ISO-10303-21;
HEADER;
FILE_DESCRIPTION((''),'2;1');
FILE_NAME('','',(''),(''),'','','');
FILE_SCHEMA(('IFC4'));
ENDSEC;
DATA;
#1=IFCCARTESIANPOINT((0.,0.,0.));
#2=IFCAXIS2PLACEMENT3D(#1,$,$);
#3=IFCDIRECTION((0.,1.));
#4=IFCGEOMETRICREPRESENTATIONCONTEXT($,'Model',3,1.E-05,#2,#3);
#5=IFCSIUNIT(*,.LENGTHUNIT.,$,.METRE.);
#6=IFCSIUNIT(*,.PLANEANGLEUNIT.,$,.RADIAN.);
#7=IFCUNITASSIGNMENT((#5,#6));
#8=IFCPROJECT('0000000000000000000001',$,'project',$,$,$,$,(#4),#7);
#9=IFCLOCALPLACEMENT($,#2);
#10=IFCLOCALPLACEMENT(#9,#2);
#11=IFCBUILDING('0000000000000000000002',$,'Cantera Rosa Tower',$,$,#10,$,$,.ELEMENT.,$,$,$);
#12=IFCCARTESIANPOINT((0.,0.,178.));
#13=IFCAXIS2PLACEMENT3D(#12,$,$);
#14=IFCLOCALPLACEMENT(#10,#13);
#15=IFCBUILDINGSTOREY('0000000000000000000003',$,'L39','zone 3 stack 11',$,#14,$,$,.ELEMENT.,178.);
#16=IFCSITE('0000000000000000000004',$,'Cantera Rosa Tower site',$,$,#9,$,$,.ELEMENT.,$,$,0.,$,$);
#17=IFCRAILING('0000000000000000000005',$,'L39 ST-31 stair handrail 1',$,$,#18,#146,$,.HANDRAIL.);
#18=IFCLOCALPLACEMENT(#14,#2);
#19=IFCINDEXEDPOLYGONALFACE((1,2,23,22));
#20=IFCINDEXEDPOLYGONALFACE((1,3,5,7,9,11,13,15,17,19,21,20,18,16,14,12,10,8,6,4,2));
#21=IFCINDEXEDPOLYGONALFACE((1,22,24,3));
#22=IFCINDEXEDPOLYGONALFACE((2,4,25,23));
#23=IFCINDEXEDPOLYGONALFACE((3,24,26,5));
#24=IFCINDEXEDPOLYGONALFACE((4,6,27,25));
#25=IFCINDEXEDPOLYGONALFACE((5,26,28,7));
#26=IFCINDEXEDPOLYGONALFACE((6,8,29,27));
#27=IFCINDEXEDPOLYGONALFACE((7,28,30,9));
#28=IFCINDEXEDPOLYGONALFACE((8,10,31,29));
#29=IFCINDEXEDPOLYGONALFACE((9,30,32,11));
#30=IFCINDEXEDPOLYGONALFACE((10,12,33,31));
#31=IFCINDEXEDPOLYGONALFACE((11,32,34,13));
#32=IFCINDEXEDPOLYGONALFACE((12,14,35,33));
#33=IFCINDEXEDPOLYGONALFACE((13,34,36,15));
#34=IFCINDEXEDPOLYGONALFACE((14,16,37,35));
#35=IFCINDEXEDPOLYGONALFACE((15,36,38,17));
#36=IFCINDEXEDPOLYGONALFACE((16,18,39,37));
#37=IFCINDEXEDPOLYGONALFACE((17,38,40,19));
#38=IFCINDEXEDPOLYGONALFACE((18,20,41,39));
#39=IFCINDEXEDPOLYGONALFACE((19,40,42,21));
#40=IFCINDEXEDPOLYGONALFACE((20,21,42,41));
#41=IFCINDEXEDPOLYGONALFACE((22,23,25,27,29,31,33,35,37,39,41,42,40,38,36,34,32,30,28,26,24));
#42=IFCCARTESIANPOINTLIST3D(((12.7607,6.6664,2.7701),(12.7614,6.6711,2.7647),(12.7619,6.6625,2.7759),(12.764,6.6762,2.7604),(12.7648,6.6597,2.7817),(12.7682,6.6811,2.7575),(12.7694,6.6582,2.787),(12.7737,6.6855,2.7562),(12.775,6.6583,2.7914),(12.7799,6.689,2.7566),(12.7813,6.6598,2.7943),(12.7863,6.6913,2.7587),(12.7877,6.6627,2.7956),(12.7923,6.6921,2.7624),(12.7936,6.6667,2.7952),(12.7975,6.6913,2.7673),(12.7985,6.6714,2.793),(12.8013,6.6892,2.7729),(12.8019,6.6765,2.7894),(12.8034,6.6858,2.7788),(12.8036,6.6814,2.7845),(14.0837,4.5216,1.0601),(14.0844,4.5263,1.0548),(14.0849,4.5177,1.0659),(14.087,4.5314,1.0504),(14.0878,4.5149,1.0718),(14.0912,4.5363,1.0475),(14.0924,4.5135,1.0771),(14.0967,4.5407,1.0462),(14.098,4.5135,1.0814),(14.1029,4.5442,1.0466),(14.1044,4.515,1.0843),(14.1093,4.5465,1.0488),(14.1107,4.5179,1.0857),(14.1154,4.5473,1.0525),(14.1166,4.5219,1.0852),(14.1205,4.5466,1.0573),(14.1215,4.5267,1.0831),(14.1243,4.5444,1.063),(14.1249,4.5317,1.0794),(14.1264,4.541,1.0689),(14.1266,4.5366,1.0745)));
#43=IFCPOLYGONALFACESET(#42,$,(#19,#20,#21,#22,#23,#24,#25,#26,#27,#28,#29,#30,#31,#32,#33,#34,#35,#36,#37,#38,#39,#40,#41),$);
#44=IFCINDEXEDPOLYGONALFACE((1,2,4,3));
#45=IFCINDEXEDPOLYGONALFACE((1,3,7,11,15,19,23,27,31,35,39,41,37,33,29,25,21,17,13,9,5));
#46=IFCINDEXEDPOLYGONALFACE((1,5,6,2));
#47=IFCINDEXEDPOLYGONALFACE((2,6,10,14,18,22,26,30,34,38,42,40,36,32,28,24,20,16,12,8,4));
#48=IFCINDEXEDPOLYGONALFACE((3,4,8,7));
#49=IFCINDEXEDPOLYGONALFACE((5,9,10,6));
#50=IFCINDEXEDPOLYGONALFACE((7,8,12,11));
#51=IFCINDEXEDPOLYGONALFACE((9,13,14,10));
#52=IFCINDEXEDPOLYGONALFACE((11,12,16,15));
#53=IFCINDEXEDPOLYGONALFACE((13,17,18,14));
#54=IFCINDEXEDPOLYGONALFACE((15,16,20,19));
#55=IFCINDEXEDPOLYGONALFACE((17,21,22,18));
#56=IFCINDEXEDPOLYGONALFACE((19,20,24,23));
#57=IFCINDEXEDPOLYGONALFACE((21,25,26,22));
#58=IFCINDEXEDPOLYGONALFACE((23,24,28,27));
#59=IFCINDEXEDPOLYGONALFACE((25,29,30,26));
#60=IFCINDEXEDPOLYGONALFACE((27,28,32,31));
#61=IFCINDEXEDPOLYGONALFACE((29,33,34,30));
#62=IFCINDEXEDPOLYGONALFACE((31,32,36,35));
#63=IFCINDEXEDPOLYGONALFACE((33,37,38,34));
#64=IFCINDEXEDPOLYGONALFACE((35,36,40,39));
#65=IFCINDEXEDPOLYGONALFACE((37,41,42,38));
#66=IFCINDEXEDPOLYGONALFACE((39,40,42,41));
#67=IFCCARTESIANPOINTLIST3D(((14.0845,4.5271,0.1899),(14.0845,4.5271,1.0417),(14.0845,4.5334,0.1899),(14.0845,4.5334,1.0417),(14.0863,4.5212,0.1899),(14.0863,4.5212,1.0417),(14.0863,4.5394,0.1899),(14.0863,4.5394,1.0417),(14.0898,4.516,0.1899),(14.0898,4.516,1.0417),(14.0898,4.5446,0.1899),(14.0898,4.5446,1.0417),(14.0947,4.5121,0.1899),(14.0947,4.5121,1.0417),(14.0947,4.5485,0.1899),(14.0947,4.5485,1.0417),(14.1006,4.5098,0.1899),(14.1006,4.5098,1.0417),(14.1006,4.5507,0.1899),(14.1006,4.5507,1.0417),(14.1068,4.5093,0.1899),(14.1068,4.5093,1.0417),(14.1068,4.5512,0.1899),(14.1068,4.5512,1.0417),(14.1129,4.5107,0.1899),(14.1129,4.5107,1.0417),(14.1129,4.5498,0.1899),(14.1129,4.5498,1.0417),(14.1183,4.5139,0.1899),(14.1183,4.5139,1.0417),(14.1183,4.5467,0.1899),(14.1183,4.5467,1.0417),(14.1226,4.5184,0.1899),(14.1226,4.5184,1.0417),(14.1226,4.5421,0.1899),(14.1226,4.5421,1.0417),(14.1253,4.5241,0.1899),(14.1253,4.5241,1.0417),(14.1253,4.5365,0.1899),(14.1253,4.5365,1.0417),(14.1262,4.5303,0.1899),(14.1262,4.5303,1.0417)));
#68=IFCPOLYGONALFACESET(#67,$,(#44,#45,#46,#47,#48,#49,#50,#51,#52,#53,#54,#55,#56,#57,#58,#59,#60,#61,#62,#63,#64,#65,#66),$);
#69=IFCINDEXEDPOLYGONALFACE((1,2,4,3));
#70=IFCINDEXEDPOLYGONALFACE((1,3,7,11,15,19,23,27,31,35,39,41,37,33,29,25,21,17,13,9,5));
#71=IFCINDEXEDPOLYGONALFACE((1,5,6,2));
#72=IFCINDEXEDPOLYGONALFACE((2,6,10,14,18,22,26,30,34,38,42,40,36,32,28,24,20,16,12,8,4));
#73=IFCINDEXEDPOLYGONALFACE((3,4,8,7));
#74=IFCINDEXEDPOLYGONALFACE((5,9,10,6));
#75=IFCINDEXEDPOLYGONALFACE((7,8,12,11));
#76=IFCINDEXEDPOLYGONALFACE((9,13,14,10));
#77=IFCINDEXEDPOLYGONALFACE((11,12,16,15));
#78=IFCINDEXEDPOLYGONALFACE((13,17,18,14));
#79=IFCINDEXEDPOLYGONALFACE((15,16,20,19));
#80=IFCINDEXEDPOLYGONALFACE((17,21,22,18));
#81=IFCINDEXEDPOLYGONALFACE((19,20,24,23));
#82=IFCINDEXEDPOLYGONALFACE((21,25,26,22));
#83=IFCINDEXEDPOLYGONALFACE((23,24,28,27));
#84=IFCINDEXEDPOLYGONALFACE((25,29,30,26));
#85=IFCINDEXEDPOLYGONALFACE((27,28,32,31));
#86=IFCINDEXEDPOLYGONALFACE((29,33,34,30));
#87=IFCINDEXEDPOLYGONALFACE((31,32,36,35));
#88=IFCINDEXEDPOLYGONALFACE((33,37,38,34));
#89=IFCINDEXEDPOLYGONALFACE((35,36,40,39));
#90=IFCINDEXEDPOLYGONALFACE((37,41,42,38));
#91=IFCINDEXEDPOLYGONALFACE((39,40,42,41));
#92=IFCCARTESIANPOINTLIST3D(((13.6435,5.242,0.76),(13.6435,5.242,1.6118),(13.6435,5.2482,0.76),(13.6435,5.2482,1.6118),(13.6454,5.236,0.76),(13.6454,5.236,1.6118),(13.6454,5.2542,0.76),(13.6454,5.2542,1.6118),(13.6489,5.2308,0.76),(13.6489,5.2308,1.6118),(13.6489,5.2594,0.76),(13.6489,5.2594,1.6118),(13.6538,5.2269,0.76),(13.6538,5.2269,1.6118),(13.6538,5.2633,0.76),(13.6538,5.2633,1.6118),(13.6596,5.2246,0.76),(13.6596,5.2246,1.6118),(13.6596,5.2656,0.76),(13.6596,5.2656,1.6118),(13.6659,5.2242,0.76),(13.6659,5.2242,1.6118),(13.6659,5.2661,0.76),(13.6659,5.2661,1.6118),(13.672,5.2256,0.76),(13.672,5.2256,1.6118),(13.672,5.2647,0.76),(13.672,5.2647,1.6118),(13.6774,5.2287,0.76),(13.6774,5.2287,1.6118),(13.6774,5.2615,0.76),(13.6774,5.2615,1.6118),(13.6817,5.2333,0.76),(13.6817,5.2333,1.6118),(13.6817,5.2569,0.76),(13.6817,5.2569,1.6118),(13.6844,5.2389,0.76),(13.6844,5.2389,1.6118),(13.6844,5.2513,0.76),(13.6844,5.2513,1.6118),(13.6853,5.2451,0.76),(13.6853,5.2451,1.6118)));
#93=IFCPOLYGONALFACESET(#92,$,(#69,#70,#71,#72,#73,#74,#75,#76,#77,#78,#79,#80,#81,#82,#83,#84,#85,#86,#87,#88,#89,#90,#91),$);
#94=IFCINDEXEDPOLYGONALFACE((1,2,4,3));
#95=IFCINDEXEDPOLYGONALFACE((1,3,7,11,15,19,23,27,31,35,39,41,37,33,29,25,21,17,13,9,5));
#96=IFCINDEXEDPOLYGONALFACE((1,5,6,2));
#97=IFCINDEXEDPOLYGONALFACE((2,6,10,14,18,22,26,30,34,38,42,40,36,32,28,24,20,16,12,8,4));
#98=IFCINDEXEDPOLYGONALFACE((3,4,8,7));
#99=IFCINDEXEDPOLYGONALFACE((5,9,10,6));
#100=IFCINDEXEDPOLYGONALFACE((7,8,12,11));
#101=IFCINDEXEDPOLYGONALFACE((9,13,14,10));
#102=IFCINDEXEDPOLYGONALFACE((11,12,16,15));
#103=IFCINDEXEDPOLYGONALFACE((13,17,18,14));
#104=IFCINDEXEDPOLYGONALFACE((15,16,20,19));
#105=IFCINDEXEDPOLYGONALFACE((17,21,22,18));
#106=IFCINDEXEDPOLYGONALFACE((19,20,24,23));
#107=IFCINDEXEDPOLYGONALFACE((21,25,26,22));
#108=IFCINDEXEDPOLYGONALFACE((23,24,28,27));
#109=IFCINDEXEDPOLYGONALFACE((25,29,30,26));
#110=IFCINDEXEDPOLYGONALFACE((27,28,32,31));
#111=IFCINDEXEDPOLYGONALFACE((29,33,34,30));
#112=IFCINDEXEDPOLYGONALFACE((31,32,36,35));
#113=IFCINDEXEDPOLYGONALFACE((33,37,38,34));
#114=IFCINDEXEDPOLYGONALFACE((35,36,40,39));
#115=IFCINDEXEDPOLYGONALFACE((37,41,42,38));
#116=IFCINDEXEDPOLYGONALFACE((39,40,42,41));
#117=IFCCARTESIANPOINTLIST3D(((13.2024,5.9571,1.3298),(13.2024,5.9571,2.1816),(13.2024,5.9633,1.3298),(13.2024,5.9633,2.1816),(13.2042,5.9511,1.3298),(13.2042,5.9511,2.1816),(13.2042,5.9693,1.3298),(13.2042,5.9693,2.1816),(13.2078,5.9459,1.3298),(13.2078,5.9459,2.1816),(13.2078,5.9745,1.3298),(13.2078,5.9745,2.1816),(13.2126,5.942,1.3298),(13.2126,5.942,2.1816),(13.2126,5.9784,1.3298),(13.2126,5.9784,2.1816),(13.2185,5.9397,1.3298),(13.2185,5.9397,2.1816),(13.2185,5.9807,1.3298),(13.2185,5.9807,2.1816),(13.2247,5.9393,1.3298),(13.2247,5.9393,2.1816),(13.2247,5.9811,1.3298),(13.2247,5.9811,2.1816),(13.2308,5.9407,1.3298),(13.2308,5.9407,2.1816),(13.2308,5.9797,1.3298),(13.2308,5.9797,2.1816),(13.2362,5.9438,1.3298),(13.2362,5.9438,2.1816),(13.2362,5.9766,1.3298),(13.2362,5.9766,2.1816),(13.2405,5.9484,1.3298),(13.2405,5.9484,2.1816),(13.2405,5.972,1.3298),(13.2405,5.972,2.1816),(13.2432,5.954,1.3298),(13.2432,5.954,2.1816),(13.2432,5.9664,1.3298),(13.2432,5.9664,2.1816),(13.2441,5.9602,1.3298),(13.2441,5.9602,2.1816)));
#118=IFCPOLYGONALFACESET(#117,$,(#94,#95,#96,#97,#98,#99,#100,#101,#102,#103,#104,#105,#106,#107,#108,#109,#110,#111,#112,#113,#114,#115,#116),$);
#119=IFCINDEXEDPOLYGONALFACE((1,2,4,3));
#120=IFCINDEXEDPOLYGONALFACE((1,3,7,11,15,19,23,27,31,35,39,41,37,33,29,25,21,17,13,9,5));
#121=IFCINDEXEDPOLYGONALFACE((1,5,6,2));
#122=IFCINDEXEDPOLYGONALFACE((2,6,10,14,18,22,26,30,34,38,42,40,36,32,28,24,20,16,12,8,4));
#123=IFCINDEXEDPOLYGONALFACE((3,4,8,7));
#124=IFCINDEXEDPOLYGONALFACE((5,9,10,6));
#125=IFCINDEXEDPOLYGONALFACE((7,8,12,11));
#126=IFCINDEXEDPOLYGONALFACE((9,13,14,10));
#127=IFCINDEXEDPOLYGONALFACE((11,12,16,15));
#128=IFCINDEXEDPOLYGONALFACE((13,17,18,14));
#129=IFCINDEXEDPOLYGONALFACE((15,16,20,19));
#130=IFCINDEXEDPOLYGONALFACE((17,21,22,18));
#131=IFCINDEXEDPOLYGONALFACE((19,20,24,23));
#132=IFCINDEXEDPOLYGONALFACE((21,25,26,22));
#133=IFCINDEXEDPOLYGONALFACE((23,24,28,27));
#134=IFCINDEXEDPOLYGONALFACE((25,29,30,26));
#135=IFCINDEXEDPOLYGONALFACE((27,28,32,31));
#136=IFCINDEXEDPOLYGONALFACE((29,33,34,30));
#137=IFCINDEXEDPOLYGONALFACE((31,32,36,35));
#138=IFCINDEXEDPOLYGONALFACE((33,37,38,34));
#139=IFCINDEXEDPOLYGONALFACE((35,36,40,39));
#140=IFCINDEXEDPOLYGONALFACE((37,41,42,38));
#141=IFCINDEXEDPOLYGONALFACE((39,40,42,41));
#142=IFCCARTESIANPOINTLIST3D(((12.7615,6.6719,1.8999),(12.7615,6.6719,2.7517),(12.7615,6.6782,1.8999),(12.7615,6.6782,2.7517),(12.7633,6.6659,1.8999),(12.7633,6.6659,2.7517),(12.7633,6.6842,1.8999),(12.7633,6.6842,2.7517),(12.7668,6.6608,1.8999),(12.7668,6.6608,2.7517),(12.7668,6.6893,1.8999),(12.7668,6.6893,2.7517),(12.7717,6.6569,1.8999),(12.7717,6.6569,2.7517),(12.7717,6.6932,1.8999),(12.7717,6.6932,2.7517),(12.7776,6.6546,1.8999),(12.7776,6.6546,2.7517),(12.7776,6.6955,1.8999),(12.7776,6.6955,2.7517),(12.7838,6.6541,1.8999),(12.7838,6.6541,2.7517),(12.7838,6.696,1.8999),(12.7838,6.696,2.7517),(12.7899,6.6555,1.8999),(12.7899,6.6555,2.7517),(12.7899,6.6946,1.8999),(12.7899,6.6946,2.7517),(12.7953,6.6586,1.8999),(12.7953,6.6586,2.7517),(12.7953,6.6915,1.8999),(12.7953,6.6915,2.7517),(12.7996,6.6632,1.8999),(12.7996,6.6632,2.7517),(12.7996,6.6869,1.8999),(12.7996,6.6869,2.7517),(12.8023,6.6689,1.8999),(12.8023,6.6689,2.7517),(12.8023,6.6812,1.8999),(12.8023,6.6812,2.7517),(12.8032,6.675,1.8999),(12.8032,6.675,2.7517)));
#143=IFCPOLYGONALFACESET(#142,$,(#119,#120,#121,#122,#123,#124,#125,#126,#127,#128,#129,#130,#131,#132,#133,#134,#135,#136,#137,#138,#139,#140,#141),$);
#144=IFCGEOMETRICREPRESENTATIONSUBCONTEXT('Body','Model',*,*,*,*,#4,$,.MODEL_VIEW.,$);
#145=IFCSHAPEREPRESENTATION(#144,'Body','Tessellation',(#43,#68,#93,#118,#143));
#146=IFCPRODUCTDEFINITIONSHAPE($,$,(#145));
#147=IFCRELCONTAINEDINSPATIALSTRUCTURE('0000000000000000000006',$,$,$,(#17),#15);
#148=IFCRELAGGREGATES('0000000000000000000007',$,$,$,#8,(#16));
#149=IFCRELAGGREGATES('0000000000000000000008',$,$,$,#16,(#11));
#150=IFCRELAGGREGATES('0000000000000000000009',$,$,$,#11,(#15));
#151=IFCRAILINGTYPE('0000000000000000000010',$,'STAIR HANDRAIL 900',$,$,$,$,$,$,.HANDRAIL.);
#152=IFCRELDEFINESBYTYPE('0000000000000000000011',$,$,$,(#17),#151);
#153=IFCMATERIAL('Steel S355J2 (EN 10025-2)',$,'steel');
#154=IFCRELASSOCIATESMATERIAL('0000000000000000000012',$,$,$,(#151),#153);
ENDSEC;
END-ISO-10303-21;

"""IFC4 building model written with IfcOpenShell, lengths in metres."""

from ifc_helpers import new_model, si_unit, direction, frame, origin, origin_2d, place, context, subcontext, project, spatial, circle, extrude, material, type_object, element, save


model = new_model("IFC4")

# Units and contexts
model_context = context("Model", 3, precision=1e-05, world=origin(), true_north=direction((0.0, 1.0)))
body_context = subcontext(model_context, "Body", "Model", "MODEL_VIEW")
ifc_project = project(units=[si_unit("LENGTHUNIT", "METRE"), si_unit("PLANEANGLEUNIT", "RADIAN")], contexts=[model_context])

# Site, building, storey
site_placement = place(None, origin())
site = spatial("IfcSite", under=ifc_project, at=site_placement, Name="Cantera Rosa Tower site", CompositionType="ELEMENT", RefElevation=0.0)
building_placement = place(site_placement, origin())
building = spatial("IfcBuilding", under=site, at=building_placement, Name="Cantera Rosa Tower", CompositionType="ELEMENT")
storey_placement = place(building_placement, frame((0.0, 0.0, 178.0)))
storey = spatial("IfcBuildingStorey", under=building, at=storey_placement, Name="L39", Description="zone 3 stack 11", CompositionType="ELEMENT", Elevation=178.0)

# Railing
ifc_material_1 = material(Name="Steel S355J2 (EN 10025-2)", Category="steel")
railing_type_1 = type_object("IfcRailingType", Name="STAIR HANDRAIL 900", PredefinedType="HANDRAIL", material=ifc_material_1)
railing_1_placement = place(storey_placement, frame((14.1052, 4.5303, 0.1899)))
element("IfcRailing", 1, at=railing_1_placement, inside=storey, type_object=railing_type_1, Name="L39 ST-31 stair handrail 1", PredefinedType="HANDRAIL", context=body_context, shape_type="SweptSolid", body=[
    extrude(circle(Radius=0.0239, at=origin_2d()), frame((0.0, 0.0, 0.876), z_axis=(-0.434428, 0.704271, 0.561493), x_axis=(-0.851102, -0.525, 0.0)), (0.0, 0.0, 1.0), 3.0454),
    extrude(circle(Radius=0.021, at=origin_2d()), origin(), (0.0, 0.0, 1.0), 0.8518),
    extrude(circle(Radius=0.021, at=origin_2d()), frame((-0.4409, 0.7148, 0.5701)), (0.0, 0.0, 1.0), 0.8518),
    extrude(circle(Radius=0.021, at=origin_2d()), frame((-0.8821, 1.4299, 1.1399)), (0.0, 0.0, 1.0), 0.8518),
    extrude(circle(Radius=0.021, at=origin_2d()), frame((-1.323, 2.1448, 1.71)), (0.0, 0.0, 1.0), 0.8518),
])

save(model, "model.ifc")
